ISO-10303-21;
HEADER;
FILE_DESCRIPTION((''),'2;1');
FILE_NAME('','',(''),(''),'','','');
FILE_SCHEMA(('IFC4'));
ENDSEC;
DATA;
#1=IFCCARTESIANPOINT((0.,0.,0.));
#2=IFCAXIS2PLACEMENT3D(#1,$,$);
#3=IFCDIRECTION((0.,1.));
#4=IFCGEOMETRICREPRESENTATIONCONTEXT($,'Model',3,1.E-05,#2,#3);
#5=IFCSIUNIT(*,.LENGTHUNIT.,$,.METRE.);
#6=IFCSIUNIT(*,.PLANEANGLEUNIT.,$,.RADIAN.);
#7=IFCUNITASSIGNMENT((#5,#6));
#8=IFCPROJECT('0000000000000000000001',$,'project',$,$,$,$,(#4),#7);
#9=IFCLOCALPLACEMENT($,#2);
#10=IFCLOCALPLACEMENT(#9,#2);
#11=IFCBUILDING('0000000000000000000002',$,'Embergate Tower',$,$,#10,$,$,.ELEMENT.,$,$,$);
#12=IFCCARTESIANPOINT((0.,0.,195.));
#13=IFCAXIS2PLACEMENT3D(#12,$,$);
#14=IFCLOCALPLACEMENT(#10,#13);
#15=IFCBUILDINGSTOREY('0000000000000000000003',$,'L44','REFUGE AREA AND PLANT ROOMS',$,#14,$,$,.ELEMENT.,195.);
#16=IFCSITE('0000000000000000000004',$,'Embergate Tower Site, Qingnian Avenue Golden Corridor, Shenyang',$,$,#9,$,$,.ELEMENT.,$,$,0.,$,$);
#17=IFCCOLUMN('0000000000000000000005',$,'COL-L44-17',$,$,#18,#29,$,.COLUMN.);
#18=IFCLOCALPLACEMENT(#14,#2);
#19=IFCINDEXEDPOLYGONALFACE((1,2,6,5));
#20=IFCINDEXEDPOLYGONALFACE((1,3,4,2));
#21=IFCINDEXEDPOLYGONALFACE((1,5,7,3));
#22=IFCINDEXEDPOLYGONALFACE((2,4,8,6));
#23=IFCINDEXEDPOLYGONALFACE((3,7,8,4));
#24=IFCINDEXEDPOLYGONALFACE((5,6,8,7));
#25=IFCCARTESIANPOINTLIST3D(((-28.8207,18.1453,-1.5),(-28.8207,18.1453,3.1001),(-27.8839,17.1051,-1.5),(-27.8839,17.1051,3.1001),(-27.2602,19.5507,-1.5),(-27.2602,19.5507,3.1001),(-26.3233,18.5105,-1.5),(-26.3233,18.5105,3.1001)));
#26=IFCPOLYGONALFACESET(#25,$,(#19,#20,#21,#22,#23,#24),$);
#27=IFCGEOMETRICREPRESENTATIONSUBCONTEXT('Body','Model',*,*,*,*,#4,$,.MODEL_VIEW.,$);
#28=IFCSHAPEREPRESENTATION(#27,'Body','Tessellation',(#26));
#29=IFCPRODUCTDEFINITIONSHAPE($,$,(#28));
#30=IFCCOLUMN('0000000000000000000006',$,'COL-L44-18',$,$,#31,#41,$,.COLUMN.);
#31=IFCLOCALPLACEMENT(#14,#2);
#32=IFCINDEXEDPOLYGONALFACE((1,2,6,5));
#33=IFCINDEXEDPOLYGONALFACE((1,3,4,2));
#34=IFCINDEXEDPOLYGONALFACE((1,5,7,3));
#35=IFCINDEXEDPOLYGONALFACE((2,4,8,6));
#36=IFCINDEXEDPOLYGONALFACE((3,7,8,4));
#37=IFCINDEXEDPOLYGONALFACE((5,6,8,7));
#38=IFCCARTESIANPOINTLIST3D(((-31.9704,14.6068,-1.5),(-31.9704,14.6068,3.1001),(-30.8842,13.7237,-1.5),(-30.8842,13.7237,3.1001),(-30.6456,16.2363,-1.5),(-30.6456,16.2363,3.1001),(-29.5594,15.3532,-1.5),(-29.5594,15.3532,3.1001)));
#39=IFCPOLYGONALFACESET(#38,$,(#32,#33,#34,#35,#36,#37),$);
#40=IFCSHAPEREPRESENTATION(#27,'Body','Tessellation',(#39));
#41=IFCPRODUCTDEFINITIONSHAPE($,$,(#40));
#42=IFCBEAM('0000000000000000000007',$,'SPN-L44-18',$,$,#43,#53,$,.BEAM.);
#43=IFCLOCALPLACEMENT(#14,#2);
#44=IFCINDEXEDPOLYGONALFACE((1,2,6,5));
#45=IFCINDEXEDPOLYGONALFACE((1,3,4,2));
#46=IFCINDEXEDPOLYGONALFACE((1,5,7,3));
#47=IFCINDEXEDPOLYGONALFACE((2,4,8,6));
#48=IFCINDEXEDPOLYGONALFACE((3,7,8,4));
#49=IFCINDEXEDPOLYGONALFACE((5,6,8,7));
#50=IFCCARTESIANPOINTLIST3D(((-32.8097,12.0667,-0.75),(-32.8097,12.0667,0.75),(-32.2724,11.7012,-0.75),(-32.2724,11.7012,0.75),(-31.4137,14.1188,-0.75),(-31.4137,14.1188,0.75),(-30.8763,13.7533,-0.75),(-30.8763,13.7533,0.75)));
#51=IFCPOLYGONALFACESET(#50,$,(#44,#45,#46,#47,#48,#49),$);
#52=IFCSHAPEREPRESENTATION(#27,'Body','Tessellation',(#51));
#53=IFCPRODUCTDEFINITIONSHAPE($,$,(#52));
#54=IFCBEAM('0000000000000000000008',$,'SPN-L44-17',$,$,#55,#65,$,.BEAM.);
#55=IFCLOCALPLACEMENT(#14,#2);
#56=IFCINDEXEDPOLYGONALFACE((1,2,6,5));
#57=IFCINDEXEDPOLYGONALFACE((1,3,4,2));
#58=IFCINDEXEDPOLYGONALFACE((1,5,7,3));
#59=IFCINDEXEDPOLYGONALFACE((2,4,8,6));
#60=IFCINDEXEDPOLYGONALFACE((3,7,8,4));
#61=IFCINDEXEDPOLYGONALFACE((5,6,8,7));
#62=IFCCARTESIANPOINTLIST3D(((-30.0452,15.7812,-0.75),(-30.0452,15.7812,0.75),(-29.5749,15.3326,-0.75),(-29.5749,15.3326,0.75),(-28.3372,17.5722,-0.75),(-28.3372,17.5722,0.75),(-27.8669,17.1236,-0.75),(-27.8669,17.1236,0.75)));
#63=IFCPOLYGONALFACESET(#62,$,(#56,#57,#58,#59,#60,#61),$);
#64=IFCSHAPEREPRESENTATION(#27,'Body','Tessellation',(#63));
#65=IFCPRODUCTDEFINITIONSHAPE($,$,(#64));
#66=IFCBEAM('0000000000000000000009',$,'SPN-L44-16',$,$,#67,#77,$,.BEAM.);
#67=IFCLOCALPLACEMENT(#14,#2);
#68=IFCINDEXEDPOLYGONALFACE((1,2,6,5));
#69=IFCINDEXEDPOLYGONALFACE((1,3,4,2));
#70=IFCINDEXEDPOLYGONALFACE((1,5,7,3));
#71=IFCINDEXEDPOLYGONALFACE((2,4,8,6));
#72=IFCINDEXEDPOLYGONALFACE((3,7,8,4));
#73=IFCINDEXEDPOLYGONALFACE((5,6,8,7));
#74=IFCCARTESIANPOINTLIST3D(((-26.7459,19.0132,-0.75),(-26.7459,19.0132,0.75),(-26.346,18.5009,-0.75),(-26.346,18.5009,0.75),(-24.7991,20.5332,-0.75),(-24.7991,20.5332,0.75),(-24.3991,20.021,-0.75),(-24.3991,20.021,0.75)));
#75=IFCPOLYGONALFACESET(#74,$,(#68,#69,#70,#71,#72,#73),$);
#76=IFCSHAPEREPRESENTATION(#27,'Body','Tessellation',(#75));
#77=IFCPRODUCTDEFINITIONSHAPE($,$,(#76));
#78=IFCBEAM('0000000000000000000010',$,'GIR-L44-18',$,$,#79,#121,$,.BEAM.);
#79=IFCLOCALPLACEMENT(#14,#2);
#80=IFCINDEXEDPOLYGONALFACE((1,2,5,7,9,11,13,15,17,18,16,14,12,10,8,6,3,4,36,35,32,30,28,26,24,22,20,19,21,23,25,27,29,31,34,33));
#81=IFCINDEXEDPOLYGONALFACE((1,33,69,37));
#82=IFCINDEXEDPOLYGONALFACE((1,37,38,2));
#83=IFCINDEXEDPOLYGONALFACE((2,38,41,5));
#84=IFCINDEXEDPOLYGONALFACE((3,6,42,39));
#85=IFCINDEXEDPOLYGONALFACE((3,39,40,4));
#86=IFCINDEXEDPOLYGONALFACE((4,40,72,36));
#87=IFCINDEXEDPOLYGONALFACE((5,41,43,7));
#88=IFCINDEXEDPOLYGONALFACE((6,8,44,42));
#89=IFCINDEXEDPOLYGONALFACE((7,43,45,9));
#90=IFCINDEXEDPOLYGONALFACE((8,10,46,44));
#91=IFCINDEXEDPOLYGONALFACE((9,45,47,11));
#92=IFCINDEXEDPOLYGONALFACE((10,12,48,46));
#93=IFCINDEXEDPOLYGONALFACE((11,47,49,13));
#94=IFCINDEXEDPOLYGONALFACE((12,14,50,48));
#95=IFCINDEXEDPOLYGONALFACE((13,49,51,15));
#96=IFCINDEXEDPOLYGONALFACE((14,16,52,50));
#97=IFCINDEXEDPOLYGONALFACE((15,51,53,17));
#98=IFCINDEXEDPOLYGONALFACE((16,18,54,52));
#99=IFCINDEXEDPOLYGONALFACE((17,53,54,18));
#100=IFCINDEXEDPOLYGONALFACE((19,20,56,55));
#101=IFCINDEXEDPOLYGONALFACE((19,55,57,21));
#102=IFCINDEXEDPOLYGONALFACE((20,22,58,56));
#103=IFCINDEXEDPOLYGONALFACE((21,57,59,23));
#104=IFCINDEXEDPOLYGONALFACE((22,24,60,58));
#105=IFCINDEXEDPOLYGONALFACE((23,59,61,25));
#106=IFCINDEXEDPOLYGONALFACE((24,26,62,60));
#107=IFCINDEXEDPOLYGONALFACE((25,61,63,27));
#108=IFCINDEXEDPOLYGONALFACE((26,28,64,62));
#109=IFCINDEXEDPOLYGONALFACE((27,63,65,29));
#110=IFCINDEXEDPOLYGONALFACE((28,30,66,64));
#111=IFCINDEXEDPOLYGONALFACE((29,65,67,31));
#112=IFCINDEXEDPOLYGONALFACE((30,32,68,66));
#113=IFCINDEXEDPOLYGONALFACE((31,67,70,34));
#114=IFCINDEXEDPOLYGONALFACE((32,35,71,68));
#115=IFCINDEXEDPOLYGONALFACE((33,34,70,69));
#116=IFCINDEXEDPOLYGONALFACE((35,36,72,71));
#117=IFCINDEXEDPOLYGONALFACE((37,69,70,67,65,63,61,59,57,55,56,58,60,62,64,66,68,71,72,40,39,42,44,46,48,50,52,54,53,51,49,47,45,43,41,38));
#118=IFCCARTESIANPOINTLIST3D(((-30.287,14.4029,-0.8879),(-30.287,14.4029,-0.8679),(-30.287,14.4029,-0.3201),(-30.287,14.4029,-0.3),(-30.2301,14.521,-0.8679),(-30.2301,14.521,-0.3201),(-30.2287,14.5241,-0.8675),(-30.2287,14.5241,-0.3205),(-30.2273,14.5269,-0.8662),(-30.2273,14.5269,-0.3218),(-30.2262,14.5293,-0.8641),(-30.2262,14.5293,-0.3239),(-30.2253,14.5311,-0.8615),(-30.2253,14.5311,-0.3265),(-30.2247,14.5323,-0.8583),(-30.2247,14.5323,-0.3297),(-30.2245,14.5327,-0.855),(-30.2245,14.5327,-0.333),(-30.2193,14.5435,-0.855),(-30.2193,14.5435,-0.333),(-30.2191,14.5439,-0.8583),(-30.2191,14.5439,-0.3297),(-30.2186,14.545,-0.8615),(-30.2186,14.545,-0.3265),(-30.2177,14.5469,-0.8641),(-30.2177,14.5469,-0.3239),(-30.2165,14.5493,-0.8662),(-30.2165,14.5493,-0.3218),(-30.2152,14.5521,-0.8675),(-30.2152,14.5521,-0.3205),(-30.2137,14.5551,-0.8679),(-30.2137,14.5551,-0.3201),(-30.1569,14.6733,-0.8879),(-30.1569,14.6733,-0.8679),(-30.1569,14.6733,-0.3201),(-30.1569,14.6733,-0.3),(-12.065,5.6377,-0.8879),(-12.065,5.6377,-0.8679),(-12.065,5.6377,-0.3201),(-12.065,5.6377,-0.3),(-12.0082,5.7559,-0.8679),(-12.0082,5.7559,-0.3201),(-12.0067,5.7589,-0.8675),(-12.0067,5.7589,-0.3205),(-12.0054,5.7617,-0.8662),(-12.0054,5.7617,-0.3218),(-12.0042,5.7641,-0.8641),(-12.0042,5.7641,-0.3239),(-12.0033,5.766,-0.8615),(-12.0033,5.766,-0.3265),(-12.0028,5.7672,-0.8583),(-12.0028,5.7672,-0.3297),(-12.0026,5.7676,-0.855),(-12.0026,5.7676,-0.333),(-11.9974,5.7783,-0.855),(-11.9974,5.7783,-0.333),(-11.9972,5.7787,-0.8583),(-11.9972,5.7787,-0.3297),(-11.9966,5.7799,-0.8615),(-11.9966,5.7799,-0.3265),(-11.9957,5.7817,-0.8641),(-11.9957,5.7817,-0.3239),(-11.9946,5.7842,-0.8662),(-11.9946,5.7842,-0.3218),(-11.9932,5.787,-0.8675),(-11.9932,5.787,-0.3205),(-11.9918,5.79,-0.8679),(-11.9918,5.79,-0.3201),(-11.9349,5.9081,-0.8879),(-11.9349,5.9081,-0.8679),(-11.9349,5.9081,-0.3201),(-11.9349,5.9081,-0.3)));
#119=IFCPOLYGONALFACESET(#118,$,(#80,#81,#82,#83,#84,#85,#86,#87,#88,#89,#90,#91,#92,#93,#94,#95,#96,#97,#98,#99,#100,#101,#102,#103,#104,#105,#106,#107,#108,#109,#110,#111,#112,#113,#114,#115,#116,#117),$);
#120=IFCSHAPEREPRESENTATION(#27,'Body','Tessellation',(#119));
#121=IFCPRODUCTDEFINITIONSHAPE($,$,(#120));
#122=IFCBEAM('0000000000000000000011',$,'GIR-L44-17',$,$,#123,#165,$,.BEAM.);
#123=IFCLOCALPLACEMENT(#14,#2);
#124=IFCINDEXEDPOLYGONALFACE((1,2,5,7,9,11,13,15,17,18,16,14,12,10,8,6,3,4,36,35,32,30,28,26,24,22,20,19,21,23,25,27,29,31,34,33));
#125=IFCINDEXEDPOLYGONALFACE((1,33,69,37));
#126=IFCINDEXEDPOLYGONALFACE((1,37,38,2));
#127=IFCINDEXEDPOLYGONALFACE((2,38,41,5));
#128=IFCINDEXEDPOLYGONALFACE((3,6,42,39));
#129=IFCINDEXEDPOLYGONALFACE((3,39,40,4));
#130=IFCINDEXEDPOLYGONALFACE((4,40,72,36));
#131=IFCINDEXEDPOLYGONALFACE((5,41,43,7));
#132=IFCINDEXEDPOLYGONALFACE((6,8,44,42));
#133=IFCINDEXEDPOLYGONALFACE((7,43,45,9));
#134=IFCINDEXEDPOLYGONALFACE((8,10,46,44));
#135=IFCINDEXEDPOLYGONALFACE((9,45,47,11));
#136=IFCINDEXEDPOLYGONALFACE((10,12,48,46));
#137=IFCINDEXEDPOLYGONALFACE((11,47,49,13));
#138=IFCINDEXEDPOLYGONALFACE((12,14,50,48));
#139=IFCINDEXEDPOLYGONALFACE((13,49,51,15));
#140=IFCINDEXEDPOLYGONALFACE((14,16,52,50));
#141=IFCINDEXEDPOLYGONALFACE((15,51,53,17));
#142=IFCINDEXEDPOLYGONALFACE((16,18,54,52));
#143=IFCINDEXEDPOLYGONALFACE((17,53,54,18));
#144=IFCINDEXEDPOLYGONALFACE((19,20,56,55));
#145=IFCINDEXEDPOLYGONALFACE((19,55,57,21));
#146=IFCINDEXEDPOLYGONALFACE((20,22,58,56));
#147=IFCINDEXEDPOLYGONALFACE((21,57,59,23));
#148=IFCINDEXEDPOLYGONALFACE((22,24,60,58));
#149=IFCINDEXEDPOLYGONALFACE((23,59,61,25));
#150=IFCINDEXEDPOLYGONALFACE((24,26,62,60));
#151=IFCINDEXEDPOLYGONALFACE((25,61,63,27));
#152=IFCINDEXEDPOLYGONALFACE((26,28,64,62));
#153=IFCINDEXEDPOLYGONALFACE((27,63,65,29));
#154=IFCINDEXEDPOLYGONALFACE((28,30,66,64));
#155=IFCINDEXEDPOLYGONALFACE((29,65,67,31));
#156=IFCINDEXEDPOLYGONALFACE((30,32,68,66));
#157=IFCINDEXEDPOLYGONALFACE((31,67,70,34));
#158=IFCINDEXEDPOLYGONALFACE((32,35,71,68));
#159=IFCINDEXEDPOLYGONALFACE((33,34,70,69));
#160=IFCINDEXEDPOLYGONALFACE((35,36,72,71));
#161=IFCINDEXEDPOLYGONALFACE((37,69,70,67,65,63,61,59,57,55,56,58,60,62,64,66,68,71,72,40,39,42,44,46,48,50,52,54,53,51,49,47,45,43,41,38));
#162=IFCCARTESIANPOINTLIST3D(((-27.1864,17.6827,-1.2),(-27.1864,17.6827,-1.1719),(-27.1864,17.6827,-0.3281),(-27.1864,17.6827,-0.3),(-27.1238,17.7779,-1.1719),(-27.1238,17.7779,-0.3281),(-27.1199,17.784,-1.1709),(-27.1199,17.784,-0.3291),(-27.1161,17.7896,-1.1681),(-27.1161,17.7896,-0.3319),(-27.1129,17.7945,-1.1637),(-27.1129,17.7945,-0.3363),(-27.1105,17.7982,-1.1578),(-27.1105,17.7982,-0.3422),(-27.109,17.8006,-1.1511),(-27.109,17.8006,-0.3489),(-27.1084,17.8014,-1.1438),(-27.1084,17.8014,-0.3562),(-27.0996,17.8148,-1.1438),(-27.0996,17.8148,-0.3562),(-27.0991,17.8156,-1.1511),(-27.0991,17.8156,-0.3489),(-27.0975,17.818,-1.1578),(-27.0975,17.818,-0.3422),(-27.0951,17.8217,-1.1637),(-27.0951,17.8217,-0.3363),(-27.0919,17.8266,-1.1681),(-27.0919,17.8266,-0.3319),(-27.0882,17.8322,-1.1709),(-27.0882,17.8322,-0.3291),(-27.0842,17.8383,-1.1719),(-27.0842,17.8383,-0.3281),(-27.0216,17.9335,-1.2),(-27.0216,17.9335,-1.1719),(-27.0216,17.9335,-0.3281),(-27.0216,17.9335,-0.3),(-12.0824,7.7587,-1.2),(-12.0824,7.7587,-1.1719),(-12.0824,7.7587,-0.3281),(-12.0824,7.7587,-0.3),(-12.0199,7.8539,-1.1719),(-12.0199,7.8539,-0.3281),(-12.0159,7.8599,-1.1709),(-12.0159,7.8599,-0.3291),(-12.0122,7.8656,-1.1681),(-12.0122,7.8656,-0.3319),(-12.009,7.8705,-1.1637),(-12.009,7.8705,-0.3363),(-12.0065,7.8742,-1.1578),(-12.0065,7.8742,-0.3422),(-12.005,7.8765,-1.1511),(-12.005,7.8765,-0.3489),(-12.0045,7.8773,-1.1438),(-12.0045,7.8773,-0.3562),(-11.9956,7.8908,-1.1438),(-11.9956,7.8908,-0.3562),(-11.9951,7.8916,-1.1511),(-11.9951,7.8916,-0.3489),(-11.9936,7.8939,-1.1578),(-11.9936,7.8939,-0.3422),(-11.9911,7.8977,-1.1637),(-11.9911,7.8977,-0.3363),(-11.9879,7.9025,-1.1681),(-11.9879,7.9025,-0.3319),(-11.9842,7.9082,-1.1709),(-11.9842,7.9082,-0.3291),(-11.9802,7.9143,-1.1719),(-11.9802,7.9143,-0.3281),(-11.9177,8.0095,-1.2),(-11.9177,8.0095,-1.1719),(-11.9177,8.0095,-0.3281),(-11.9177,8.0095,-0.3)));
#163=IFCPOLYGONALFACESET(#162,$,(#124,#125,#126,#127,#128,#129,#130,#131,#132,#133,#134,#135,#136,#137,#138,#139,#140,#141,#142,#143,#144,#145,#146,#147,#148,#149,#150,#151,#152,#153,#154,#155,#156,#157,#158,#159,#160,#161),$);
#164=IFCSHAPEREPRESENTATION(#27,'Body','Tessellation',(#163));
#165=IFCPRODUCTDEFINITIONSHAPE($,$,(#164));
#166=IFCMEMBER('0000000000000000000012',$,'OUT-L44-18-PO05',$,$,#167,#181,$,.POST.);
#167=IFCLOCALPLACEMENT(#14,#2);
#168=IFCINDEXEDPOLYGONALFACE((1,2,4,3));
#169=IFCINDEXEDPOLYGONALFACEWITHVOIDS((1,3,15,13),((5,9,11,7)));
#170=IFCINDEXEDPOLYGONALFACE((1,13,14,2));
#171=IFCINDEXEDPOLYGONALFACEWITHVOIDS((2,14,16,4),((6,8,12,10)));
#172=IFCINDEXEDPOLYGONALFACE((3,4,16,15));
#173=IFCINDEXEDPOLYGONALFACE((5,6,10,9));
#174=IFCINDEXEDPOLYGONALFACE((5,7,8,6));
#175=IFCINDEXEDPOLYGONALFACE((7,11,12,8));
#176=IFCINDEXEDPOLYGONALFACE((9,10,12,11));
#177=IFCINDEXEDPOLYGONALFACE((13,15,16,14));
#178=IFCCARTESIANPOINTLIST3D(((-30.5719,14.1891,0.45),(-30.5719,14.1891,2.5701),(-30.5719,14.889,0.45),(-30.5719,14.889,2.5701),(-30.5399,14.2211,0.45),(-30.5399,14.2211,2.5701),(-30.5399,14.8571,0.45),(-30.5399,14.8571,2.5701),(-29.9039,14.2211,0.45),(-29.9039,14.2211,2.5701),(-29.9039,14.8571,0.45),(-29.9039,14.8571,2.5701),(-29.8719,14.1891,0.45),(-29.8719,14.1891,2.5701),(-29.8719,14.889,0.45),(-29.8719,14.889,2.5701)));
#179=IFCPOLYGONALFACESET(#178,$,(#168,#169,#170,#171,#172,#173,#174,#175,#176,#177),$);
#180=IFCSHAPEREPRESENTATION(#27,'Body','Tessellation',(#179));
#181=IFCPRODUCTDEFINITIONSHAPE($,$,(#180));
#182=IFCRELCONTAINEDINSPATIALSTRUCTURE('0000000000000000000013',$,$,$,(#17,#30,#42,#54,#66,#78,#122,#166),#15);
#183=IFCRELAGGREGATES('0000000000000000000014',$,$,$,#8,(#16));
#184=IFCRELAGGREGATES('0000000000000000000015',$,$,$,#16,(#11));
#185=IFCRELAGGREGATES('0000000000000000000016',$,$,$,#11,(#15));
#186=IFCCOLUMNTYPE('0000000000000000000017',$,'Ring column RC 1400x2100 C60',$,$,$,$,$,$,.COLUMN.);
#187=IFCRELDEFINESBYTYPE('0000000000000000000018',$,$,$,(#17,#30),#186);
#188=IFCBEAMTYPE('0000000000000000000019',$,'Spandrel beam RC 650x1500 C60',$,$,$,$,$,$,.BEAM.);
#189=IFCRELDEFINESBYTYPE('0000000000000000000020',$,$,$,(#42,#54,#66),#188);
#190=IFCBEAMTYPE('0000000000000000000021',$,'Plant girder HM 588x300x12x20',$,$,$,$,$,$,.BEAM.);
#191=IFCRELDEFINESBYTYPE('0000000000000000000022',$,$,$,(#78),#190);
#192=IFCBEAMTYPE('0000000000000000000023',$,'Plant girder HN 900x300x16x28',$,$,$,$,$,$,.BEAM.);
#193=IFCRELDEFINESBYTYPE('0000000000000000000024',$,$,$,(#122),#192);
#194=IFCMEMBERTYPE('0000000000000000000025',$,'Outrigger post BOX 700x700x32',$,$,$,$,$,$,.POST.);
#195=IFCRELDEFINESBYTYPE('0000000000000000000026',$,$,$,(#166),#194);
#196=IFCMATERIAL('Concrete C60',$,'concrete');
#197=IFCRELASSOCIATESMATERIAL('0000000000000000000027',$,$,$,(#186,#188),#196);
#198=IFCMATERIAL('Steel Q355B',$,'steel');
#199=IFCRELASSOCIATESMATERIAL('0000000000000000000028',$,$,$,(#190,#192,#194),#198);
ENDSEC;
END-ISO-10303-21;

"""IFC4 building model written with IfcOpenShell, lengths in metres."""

from ifc_helpers import new_model, si_unit, direction, frame, origin, origin_2d, place, context, subcontext, project, spatial, rectangle, hollow_rectangle, i_section, extrude, source, transform, mapped, material, material_profile, profile_set, type_object, element, save


model = new_model("IFC4")

# Units and contexts
model_context = context("Model", 3, precision=1e-05, world=origin(), true_north=direction((0.0, 1.0)))
body_context = subcontext(model_context, "Body", "Model", "MODEL_VIEW")
ifc_project = project(units=[si_unit("LENGTHUNIT", "METRE"), si_unit("PLANEANGLEUNIT", "RADIAN")], contexts=[model_context])

# Site, building, storey
site_placement = place(None, origin())
site = spatial("IfcSite", under=ifc_project, at=site_placement, Name="Embergate Tower Site, Qingnian Avenue Golden Corridor, Shenyang", CompositionType="ELEMENT", RefElevation=0.0)
building_placement = place(site_placement, origin())
building = spatial("IfcBuilding", under=site, at=building_placement, Name="Embergate Tower", CompositionType="ELEMENT")
storey_placement = place(building_placement, frame((0.0, 0.0, 195.0)))
storey = spatial("IfcBuildingStorey", under=building, at=storey_placement, Name="L44", Description="REFUGE AREA AND PLANT ROOMS", CompositionType="ELEMENT", Elevation=195.0)

# Columns
ifc_material_1 = material(Name="Concrete C60", Category="concrete")
ifc_material_profile_1 = material_profile(ifc_material_1, rectangle(XDim=1.3999, YDim=2.1001, at=origin_2d()), Name="RC 1400x2100")
ifc_profile_set_1 = profile_set([ifc_material_profile_1], Name="Concrete C60")
column_type = type_object("IfcColumnType", Name="Ring column RC 1400x2100 C60", PredefinedType="COLUMN", material=ifc_profile_set_1)
shared_shape_1 = source(origin(), body_context, "Body", "SweptSolid", [
    extrude(rectangle(XDim=1.3999, YDim=2.1001, at=origin_2d()), origin(), (0.0, 0.0, 1.0), 4.6001),
])
for number, where, z_axis, x_axis, name in (
    (1, (-27.572, 18.3279, -1.5), (0.0, 0.0, 1.0), (-0.669208, 0.743075, 0.0), "COL-L44-17"),
    (2, (-30.7649, 14.98, -1.5), (0.0, 0.0, 1.0), (-0.775914, 0.630838, 0.0), "COL-L44-18"),
):
    element("IfcColumn", number, at=place(storey_placement, frame(where, z_axis=z_axis, x_axis=x_axis)), inside=storey, type_object=column_type, Name=name, PredefinedType="COLUMN", context=body_context, shape_type="MappedRepresentation", body=[
        mapped(shared_shape_1, transform((0.0, 0.0, 0.0))),
    ])

# Beams
ifc_material_profile_2 = material_profile(ifc_material_1, rectangle(XDim=0.6499, YDim=1.5, at=origin_2d()), Name="RC 650x1500")
ifc_profile_set_2 = profile_set([ifc_material_profile_2], Name="Concrete C60")
beam_type_1 = type_object("IfcBeamType", Name="Spandrel beam RC 650x1500 C60", PredefinedType="BEAM", material=ifc_profile_set_2)
shared_shape_2 = source(origin(), body_context, "Body", "SweptSolid", [
    extrude(rectangle(XDim=0.6499, YDim=1.5, at=origin_2d()), origin(), (0.0, 0.0, 1.0), 2.4819),
])
beam_1_placement = place(storey_placement, frame((-31.145, 13.936, 0.0), z_axis=(-0.562485, -0.826808, 0.0), x_axis=(0.826808, -0.562485, 0.0)))
element("IfcBeam", 3, at=beam_1_placement, inside=storey, type_object=beam_type_1, Name="SPN-L44-18", PredefinedType="BEAM", context=body_context, shape_type="MappedRepresentation", body=[
    mapped(shared_shape_2, transform((0.0, 0.0, 0.0))),
])
shared_shape_3 = source(origin(), body_context, "Body", "SweptSolid", [
    extrude(rectangle(XDim=0.6499, YDim=1.5, at=origin_2d()), origin(), (0.0, 0.0, 1.0), 2.4749),
])
beam_2_placement = place(storey_placement, frame((-28.1021, 17.3479, 0.0), z_axis=(-0.690138, -0.723678, 0.0), x_axis=(0.723678, -0.690138, 0.0)))
element("IfcBeam", 4, at=beam_2_placement, inside=storey, type_object=beam_type_1, Name="SPN-L44-17", PredefinedType="BEAM", context=body_context, shape_type="MappedRepresentation", body=[
    mapped(shared_shape_3, transform((0.0, 0.0, 0.0))),
])
shared_shape_4 = source(origin(), body_context, "Body", "SweptSolid", [
    extrude(rectangle(XDim=0.6499, YDim=1.5, at=origin_2d()), origin(), (0.0, 0.0, 1.0), 2.47),
])
beam_3_placement = place(storey_placement, frame((-24.5991, 20.2771, 0.0), z_axis=(-0.788201, -0.615418, 0.0), x_axis=(0.615418, -0.788201, 0.0)))
element("IfcBeam", 5, at=beam_3_placement, inside=storey, type_object=beam_type_1, Name="SPN-L44-16", PredefinedType="BEAM", context=body_context, shape_type="MappedRepresentation", body=[
    mapped(shared_shape_4, transform((0.0, 0.0, 0.0))),
])
ifc_material_2 = material(Name="Steel Q355B", Category="steel")
ifc_material_profile_3 = material_profile(ifc_material_2, i_section(OverallWidth=0.3, OverallDepth=0.5879, WebThickness=0.012, FlangeThickness=0.02, FilletRadius=0.0129, at=origin_2d()), Name="HM 588x300x12x20")
ifc_profile_set_3 = profile_set([ifc_material_profile_3], Name="Steel Q355 grade B")
beam_type_2 = type_object("IfcBeamType", Name="Plant girder HM 588x300x12x20", PredefinedType="BEAM", material=ifc_profile_set_3)
shared_shape_5 = source(origin(), body_context, "Body", "SweptSolid", [
    extrude(i_section(OverallWidth=0.3, OverallDepth=0.5879, WebThickness=0.012, FlangeThickness=0.02, FilletRadius=0.0129, at=origin_2d()), origin(), (0.0, 0.0, 1.0), 20.2205),
])
beam_4_placement = place(storey_placement, frame((-30.2219, 14.5381, -0.594), z_axis=(0.901164, -0.433479, 0.0), x_axis=(0.433479, 0.901164, 0.0)))
element("IfcBeam", 6, at=beam_4_placement, inside=storey, type_object=beam_type_2, Name="GIR-L44-18", PredefinedType="BEAM", context=body_context, shape_type="MappedRepresentation", body=[
    mapped(shared_shape_5, transform((0.0, 0.0, 0.0))),
])
ifc_material_profile_4 = material_profile(ifc_material_2, i_section(OverallWidth=0.3, OverallDepth=0.8999, WebThickness=0.0161, FlangeThickness=0.0281, FilletRadius=0.0281, at=origin_2d()), Name="HN 900x300x16x28")
ifc_profile_set_4 = profile_set([ifc_material_profile_4], Name="Steel Q355 grade B")
beam_type_3 = type_object("IfcBeamType", Name="Plant girder HN 900x300x16x28", PredefinedType="BEAM", material=ifc_profile_set_4)
shared_shape_6 = source(origin(), body_context, "Body", "SweptSolid", [
    extrude(i_section(OverallWidth=0.3, OverallDepth=0.8999, WebThickness=0.0161, FlangeThickness=0.0281, FilletRadius=0.0281, at=origin_2d()), origin(), (0.0, 0.0, 1.0), 18.0725),
])
beam_5_placement = place(storey_placement, frame((-27.104, 17.8081, -0.75), z_axis=(0.835741, -0.549123, 0.0), x_axis=(0.549123, 0.835741, 0.0)))
element("IfcBeam", 7, at=beam_5_placement, inside=storey, type_object=beam_type_3, Name="GIR-L44-17", PredefinedType="BEAM", context=body_context, shape_type="MappedRepresentation", body=[
    mapped(shared_shape_6, transform((0.0, 0.0, 0.0))),
])

# Member
ifc_material_profile_5 = material_profile(ifc_material_2, hollow_rectangle(XDim=0.7, YDim=0.7, WallThickness=0.032, at=origin_2d()), Name="BOX 700x700x32")
ifc_profile_set_5 = profile_set([ifc_material_profile_5], Name="Steel Q355 grade B")
member_type_1 = type_object("IfcMemberType", Name="Outrigger post BOX 700x700x32", PredefinedType="POST", material=ifc_profile_set_5)
shared_shape_7 = source(origin(), body_context, "Body", "SweptSolid", [
    extrude(hollow_rectangle(XDim=0.7, YDim=0.7, WallThickness=0.032, at=origin_2d()), origin(), (0.0, 0.0, 1.0), 2.1201),
])
member_1_placement = place(storey_placement, frame((-30.2219, 14.5391, 0.45), z_axis=(0.0, 0.0, 1.0), x_axis=(1.0, 0.0, 0.0)))
element("IfcMember", 8, at=member_1_placement, inside=storey, type_object=member_type_1, Name="OUT-L44-18-PO05", PredefinedType="POST", context=body_context, shape_type="MappedRepresentation", body=[
    mapped(shared_shape_7, transform((0.0, 0.0, 0.0))),
])

save(model, "model.ifc")
